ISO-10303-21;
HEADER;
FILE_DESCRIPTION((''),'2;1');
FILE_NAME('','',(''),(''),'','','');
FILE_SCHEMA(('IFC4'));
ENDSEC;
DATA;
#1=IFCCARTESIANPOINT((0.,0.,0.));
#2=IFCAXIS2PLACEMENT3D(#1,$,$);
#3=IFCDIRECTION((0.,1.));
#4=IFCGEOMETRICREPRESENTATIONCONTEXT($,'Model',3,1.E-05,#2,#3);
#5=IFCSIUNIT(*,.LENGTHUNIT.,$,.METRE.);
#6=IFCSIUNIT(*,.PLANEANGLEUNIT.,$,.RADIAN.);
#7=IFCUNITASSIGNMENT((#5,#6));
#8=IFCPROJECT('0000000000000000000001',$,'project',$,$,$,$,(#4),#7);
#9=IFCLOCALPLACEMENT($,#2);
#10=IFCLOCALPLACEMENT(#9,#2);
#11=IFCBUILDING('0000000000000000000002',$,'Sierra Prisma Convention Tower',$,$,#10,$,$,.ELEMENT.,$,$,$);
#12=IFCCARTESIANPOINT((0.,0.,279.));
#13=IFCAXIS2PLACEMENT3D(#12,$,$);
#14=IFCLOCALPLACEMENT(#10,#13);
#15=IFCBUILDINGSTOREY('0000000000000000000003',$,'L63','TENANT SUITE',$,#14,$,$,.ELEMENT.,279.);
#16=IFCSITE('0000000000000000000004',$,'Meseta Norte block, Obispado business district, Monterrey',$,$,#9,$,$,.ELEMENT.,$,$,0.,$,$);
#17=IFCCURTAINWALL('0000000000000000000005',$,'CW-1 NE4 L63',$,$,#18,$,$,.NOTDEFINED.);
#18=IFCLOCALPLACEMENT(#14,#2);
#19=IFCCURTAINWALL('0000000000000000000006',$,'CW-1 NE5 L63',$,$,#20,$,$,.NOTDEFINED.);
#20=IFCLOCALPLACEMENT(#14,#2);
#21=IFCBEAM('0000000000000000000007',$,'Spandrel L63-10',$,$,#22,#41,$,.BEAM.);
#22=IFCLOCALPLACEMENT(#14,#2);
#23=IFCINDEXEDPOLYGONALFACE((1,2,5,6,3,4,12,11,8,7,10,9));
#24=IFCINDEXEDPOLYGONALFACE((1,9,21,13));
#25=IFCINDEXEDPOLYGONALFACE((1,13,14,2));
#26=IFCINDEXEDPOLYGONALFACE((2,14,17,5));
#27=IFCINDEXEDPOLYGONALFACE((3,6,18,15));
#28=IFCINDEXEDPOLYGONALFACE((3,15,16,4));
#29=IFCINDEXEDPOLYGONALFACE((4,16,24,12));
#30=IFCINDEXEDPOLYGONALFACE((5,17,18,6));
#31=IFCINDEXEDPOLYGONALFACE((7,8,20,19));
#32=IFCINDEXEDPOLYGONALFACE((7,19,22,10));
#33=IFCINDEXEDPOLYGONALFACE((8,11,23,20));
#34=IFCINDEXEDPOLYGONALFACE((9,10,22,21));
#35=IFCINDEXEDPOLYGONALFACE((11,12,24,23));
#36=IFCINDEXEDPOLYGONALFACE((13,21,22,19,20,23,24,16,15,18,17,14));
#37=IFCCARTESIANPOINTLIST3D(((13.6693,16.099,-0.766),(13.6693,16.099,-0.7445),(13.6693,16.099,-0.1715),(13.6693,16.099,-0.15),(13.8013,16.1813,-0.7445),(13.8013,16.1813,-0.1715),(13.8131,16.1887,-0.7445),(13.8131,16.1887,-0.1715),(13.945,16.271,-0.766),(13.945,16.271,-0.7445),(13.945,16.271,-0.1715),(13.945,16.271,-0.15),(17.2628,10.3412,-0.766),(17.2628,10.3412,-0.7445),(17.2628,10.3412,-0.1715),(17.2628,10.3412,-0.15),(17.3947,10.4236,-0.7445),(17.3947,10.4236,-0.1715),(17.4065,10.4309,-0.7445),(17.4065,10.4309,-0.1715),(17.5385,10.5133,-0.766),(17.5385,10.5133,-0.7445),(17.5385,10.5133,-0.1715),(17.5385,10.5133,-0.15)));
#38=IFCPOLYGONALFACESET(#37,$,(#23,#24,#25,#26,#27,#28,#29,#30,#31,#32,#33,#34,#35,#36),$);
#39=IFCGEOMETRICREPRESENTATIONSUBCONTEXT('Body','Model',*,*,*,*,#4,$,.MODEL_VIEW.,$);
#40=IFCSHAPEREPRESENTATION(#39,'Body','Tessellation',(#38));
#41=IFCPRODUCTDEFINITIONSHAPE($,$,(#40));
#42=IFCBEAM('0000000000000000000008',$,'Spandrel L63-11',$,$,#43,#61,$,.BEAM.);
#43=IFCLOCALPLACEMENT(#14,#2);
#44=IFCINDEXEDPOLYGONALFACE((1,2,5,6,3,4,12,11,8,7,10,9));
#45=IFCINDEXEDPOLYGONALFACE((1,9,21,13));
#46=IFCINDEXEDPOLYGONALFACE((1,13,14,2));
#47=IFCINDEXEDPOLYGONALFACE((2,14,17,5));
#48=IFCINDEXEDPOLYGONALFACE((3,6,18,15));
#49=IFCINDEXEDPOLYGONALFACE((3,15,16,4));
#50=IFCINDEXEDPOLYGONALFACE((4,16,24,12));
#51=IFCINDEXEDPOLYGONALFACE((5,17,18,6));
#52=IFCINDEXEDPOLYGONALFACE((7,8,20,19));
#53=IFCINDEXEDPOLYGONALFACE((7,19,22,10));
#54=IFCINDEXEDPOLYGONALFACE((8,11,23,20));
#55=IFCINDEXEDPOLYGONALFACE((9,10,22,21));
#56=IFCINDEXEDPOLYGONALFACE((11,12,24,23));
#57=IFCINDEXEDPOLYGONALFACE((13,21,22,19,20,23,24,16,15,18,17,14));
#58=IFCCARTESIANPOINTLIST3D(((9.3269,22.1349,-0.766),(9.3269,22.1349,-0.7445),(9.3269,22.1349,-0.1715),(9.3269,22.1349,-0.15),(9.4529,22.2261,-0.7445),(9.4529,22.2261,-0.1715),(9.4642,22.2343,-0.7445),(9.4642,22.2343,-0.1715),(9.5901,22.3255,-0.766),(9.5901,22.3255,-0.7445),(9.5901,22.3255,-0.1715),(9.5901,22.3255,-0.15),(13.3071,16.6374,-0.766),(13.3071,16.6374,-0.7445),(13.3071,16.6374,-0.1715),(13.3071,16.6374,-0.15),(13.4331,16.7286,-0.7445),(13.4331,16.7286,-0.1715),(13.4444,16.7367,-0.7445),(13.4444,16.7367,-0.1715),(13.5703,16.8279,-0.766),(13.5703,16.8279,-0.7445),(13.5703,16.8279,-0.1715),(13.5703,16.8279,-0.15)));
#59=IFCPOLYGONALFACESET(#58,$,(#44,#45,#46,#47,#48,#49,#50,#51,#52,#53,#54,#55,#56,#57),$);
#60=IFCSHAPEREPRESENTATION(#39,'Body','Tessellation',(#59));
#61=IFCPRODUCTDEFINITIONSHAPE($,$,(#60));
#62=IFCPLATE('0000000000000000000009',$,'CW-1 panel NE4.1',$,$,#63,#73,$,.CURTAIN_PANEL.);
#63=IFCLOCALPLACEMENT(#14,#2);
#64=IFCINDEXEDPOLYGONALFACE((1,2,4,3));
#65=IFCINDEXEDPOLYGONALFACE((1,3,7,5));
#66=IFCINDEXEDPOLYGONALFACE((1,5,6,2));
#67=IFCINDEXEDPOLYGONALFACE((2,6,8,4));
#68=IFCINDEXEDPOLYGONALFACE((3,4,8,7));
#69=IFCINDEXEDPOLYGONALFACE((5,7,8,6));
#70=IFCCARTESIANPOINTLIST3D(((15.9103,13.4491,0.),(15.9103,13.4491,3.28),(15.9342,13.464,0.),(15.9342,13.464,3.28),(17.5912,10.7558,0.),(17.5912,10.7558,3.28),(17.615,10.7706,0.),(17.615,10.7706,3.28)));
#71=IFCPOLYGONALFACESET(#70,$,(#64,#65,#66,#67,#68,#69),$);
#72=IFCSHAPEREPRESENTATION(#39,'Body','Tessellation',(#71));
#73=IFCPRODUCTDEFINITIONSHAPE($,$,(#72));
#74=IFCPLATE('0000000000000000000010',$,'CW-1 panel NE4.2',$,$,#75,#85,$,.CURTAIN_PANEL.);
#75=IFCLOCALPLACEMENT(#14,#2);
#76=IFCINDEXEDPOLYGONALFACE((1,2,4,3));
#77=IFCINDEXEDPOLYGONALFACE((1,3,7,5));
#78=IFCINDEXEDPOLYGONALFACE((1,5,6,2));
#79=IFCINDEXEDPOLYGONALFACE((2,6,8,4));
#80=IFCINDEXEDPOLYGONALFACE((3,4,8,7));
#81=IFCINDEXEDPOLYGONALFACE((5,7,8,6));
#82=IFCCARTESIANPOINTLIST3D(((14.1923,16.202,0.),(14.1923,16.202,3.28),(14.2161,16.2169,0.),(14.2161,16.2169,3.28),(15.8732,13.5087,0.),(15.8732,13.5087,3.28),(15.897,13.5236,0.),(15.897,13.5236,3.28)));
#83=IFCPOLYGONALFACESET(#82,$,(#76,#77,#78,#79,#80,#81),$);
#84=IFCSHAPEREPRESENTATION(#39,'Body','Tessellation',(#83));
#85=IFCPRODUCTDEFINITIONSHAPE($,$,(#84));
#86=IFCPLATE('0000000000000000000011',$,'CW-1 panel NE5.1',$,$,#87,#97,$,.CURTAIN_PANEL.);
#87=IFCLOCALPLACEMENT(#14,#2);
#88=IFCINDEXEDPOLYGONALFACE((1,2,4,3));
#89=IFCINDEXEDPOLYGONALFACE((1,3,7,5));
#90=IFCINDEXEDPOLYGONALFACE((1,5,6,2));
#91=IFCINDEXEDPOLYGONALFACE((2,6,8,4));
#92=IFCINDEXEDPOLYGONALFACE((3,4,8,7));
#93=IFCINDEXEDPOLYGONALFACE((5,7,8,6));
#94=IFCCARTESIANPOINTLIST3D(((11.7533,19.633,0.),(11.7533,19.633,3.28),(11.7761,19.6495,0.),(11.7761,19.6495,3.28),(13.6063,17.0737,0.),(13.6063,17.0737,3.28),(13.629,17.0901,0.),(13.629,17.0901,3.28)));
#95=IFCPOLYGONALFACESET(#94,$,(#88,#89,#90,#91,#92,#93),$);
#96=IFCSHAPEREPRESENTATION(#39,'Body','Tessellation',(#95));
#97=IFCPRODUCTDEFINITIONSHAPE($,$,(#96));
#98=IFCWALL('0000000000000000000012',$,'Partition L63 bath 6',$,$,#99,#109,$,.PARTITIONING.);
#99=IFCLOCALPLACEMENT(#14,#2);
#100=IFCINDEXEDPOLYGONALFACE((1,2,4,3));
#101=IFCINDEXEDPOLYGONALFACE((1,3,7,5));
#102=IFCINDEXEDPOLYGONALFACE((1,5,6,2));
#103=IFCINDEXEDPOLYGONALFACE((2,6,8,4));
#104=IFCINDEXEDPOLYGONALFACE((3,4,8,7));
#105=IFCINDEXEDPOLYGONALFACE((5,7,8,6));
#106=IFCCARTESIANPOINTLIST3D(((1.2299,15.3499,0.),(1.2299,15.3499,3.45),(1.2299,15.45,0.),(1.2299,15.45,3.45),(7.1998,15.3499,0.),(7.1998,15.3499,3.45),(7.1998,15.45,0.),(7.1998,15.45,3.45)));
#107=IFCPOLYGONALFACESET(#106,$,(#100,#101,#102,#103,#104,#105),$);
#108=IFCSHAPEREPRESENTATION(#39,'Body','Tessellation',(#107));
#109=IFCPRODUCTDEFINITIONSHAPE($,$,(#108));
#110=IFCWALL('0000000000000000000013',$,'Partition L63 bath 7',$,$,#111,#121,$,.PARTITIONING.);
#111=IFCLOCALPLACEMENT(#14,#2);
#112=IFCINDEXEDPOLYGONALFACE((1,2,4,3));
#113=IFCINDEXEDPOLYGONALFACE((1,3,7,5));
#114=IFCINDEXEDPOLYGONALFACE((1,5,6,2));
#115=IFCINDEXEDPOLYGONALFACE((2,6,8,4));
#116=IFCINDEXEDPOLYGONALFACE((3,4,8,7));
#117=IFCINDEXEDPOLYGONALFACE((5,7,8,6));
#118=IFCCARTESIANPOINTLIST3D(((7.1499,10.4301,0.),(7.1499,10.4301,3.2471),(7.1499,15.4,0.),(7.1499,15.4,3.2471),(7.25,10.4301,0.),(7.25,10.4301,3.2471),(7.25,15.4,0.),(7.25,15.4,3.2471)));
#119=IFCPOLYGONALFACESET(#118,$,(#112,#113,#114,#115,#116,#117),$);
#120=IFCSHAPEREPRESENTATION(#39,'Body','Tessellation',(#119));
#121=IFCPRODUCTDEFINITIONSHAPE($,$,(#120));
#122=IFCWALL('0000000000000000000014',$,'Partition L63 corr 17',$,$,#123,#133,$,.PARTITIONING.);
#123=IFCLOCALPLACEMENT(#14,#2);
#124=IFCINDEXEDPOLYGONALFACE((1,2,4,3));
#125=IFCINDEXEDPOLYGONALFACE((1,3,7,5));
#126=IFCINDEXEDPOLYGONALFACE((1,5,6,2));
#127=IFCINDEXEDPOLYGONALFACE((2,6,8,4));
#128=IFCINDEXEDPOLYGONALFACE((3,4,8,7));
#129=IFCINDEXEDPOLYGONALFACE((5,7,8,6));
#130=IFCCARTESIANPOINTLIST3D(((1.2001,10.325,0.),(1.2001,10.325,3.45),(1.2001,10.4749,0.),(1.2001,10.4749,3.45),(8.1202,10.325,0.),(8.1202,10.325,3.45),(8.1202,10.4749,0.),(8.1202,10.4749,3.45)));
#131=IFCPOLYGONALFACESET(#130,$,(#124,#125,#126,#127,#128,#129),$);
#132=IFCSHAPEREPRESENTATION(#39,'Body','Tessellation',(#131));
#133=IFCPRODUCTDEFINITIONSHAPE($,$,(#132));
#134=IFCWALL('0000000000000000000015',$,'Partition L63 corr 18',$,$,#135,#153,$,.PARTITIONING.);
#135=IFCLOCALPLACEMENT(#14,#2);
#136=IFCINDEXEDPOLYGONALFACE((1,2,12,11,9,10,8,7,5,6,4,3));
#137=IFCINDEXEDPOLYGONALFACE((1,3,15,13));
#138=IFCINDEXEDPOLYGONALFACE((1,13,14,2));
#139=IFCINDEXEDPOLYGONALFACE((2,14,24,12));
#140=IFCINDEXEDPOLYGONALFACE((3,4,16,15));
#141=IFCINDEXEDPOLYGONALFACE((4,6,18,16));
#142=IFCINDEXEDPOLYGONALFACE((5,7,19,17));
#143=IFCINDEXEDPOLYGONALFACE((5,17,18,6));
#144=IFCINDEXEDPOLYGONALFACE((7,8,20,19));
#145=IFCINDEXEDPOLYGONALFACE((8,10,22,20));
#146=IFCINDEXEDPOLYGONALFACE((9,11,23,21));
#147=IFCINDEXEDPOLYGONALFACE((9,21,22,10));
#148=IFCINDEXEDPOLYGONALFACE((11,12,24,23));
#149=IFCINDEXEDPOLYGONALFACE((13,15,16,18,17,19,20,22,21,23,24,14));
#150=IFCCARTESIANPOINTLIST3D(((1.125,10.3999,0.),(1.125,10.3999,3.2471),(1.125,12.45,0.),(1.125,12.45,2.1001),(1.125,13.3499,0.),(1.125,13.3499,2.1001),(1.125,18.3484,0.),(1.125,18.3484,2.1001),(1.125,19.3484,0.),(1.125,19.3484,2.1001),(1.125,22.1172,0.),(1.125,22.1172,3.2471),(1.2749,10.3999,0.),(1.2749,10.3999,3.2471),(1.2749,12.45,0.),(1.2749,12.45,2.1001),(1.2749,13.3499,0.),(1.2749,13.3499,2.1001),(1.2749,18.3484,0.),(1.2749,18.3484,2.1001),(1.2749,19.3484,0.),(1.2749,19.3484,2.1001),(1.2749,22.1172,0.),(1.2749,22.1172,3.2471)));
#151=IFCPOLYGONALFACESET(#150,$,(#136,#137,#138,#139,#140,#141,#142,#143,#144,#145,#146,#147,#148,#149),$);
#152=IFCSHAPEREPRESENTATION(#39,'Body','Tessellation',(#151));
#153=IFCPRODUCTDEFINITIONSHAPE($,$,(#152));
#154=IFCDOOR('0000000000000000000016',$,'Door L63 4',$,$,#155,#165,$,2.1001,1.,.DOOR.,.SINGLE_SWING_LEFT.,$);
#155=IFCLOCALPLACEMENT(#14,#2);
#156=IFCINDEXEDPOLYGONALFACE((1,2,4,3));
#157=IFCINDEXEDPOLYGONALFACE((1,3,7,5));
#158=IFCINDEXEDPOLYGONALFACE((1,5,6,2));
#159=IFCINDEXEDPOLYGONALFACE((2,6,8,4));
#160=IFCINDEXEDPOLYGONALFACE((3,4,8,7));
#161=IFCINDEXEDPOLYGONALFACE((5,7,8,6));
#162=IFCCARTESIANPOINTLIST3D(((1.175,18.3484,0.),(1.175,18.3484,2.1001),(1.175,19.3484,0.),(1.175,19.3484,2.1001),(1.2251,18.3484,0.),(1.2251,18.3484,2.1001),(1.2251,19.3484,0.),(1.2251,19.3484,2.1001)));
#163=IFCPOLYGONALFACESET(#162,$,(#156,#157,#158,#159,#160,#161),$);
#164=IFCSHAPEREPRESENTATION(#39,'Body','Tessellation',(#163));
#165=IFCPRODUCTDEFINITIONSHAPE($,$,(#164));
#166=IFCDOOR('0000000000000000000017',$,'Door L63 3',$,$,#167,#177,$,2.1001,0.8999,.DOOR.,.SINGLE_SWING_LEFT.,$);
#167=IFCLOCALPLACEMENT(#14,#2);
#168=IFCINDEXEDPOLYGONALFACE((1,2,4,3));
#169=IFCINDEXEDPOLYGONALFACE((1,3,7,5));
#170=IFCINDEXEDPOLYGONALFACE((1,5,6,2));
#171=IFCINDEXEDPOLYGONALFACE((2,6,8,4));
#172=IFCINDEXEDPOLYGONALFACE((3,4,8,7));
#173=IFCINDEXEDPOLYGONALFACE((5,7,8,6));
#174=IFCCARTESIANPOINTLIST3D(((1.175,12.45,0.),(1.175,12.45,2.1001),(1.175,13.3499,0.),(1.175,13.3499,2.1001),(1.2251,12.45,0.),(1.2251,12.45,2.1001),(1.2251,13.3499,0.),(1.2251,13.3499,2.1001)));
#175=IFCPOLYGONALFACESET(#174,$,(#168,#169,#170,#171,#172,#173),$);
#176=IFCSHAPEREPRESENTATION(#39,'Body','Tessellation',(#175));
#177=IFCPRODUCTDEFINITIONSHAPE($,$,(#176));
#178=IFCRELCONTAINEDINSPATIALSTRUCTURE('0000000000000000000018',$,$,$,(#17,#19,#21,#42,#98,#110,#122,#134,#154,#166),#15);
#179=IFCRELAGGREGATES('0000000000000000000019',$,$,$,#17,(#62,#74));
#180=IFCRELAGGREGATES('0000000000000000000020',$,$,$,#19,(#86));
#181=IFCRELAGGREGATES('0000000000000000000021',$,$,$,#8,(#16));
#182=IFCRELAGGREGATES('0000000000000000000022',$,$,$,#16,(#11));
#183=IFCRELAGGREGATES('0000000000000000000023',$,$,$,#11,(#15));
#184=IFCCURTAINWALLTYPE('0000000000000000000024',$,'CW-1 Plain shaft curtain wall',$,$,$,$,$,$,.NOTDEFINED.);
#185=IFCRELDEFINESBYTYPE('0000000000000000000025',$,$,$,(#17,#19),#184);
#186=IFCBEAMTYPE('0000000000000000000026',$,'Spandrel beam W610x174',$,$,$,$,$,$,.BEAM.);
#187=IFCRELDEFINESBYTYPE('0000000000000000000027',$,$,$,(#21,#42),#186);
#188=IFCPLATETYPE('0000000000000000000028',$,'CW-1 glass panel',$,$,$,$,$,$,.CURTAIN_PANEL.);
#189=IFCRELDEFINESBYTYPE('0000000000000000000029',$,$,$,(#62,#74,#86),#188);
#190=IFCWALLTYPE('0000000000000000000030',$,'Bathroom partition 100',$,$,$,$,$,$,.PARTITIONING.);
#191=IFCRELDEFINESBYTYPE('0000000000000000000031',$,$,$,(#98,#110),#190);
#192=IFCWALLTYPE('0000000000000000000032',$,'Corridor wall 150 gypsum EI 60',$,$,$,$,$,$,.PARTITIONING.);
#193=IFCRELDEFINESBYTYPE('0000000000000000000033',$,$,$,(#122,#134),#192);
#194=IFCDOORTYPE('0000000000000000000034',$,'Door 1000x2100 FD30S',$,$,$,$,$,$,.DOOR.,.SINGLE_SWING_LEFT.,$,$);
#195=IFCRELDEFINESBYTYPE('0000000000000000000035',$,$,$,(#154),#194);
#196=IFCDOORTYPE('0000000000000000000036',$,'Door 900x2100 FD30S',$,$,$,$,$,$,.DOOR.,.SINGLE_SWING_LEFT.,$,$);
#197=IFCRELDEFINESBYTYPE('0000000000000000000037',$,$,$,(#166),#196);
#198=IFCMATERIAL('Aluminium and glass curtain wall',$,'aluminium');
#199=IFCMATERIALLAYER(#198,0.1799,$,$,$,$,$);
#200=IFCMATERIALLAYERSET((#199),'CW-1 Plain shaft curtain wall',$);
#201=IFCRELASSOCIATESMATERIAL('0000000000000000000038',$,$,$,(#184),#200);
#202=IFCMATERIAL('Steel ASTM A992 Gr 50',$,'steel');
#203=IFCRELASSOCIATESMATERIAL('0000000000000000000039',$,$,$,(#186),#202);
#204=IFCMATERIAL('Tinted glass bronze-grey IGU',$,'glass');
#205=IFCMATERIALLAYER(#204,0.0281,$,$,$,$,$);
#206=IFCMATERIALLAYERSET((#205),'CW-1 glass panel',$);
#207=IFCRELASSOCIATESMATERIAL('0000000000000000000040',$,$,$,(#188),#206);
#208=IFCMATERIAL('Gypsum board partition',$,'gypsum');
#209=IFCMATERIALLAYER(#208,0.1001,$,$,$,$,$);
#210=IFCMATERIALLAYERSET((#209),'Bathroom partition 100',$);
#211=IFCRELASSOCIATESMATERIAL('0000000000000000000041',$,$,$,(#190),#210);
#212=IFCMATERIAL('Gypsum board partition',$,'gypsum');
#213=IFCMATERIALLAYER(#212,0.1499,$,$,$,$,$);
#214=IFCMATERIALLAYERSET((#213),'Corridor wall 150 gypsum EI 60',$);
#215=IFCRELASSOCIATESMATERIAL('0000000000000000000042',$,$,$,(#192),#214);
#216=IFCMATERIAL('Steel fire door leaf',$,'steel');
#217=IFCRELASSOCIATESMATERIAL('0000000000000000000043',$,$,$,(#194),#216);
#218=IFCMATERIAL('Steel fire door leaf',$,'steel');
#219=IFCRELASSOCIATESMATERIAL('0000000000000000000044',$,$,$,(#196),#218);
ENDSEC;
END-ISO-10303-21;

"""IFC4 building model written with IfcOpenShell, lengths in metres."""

from ifc_helpers import new_model, si_unit, direction, frame, frame_2d, origin, origin_2d, place, context, subcontext, project, spatial, rectangle, i_section, extrude, material, layer, layer_set, material_profile, profile_set, type_object, element, fill, aggregate, save


model = new_model("IFC4")

# Units and contexts
model_context = context("Model", 3, precision=1e-05, world=origin(), true_north=direction((0.0, 1.0)))
body_context = subcontext(model_context, "Body", "Model", "MODEL_VIEW")
ifc_project = project(units=[si_unit("LENGTHUNIT", "METRE"), si_unit("PLANEANGLEUNIT", "RADIAN")], contexts=[model_context])

# Site, building, storey
site_placement = place(None, origin())
site = spatial("IfcSite", under=ifc_project, at=site_placement, Name="Meseta Norte block, Obispado business district, Monterrey", CompositionType="ELEMENT", RefElevation=0.0)
building_placement = place(site_placement, origin())
building = spatial("IfcBuilding", under=site, at=building_placement, Name="Sierra Prisma Convention Tower", CompositionType="ELEMENT")
storey_placement = place(building_placement, frame((0.0, 0.0, 279.0)))
storey = spatial("IfcBuildingStorey", under=building, at=storey_placement, Name="L63", Description="TENANT SUITE", CompositionType="ELEMENT", Elevation=279.0)

# Curtain wall
ifc_material_1 = material(Name="Aluminium and glass curtain wall", Category="aluminium")
ifc_layer_1 = layer(ifc_material_1, 0.1799)
ifc_layer_set_1 = layer_set([ifc_layer_1], Name="CW-1 Plain shaft curtain wall")
curtain_wall_type = type_object("IfcCurtainWallType", Name="CW-1 Plain shaft curtain wall", PredefinedType="NOTDEFINED", material=ifc_layer_set_1)
curtain_wall_1_placement = place(storey_placement, origin())
curtain_wall_1 = element("IfcCurtainWall", 1, at=curtain_wall_1_placement, inside=storey, type_object=curtain_wall_type, Name="CW-1 NE4 L63", PredefinedType="NOTDEFINED")

# Curtain wall
curtain_wall_2_placement = place(storey_placement, origin())
curtain_wall_2 = element("IfcCurtainWall", 2, at=curtain_wall_2_placement, inside=storey, type_object=curtain_wall_type, Name="CW-1 NE5 L63", PredefinedType="NOTDEFINED")

# Beams
ifc_material_2 = material(Name="Steel ASTM A992 Gr 50", Category="steel")
ifc_material_profile_1 = material_profile(ifc_material_2, i_section(OverallWidth=0.325, OverallDepth=0.616, WebThickness=0.0139, FlangeThickness=0.0215, at=origin_2d()), Name="W610x174")
ifc_profile_set_1 = profile_set([ifc_material_profile_1], Name="Steel ASTM A992 Gr 50")
beam_type_1 = type_object("IfcBeamType", Name="Spandrel beam W610x174", PredefinedType="BEAM", material=ifc_profile_set_1)
for number, where, z_axis, x_axis, name in (
    (3, (17.4006, 10.4272, -0.458), (-0.529456, 0.848338, 0.0), (-0.848338, -0.529456, 0.0), "Spandrel L63-10"),
    (4, (13.4387, 16.7327, -0.458), (-0.586436, 0.809996, 0.0), (-0.809996, -0.586436, 0.0), "Spandrel L63-11"),
):
    element("IfcBeam", number, at=place(storey_placement, frame(where, z_axis=z_axis, x_axis=x_axis)), inside=storey, type_object=beam_type_1, Name=name, PredefinedType="BEAM", context=body_context, shape_type="SweptSolid", body=[
        extrude(i_section(OverallWidth=0.325, OverallDepth=0.616, WebThickness=0.0139, FlangeThickness=0.0215, at=origin_2d()), origin(), (0.0, 0.0, 1.0), 6.7871),
    ])

# Plates
ifc_material_3 = material(Name="Tinted glass bronze-grey IGU", Category="glass")
ifc_layer_2 = layer(ifc_material_3, 0.0281)
ifc_layer_set_2 = layer_set([ifc_layer_2], Name="CW-1 glass panel")
plate_type = type_object("IfcPlateType", Name="CW-1 glass panel", PredefinedType="CURTAIN_PANEL", material=ifc_layer_set_2)
plate_1_placement = place(storey_placement, frame((16.7627, 12.1099, 0.0), z_axis=(0.0, 0.0, 1.0), x_axis=(-0.529446, 0.848343, 0.0)))
plate_1 = element("IfcPlate", 5, at=plate_1_placement, type_object=plate_type, Name="CW-1 panel NE4.1", PredefinedType="CURTAIN_PANEL", context=body_context, shape_type="SweptSolid", body=[
    extrude(rectangle(XDim=3.1748, YDim=0.0281, at=origin_2d()), origin(), (0.0, 0.0, 1.0), 3.28),
])
plate_2_placement = place(storey_placement, frame((15.0447, 14.8628, 0.0), z_axis=(0.0, 0.0, 1.0), x_axis=(-0.529446, 0.848343, 0.0)))
plate_2 = element("IfcPlate", 6, at=plate_2_placement, type_object=plate_type, Name="CW-1 panel NE4.2", PredefinedType="CURTAIN_PANEL", context=body_context, shape_type="SweptSolid", body=[
    extrude(rectangle(XDim=3.1748, YDim=0.0281, at=origin_2d()), origin(), (0.0, 0.0, 1.0), 3.28),
])
aggregate(curtain_wall_1, [plate_1, plate_2])
plate_3_placement = place(storey_placement, frame((12.6912, 18.3616, 0.0), z_axis=(0.0, 0.0, 1.0), x_axis=(-0.586431, 0.809999, 0.0)))
plate_3 = element("IfcPlate", 7, at=plate_3_placement, type_object=plate_type, Name="CW-1 panel NE5.1", PredefinedType="CURTAIN_PANEL", context=body_context, shape_type="SweptSolid", body=[
    extrude(rectangle(XDim=3.1597, YDim=0.0281, at=origin_2d()), origin(), (0.0, 0.0, 1.0), 3.28),
])
aggregate(curtain_wall_2, [plate_3])

# Walls
ifc_material_4 = material(Name="Gypsum board partition", Category="gypsum")
ifc_layer_3 = layer(ifc_material_4, 0.1001)
ifc_layer_set_3 = layer_set([ifc_layer_3], Name="Bathroom partition 100")
wall_type_1 = type_object("IfcWallType", Name="Bathroom partition 100", PredefinedType="PARTITIONING", material=ifc_layer_set_3)
wall_1_placement = place(storey_placement, frame((1.23, 15.3999, 0.0), z_axis=(0.0, 0.0, 1.0), x_axis=(1.0, 0.0, 0.0)))
element("IfcWall", 8, at=wall_1_placement, inside=storey, type_object=wall_type_1, Name="Partition L63 bath 6", PredefinedType="PARTITIONING", context=body_context, shape_type="SweptSolid", body=[
    extrude(rectangle(XDim=5.97, YDim=0.1001, at=frame_2d((2.9849, 0.0))), origin(), (0.0, 0.0, 1.0), 3.45),
])
wall_2_placement = place(storey_placement, frame((7.2, 15.3999, 0.0), z_axis=(0.0, 0.0, 1.0), x_axis=(0.0, -1.0, 0.0)))
element("IfcWall", 9, at=wall_2_placement, inside=storey, type_object=wall_type_1, Name="Partition L63 bath 7", PredefinedType="PARTITIONING", context=body_context, shape_type="SweptSolid", body=[
    extrude(rectangle(XDim=4.97, YDim=0.1001, at=frame_2d((2.4849, 0.0))), origin(), (0.0, 0.0, 1.0), 3.2471),
])
ifc_material_5 = material(Name="Gypsum board partition", Category="gypsum")
ifc_layer_4 = layer(ifc_material_5, 0.1499)
ifc_layer_set_4 = layer_set([ifc_layer_4], Name="Corridor wall 150 gypsum EI 60")
wall_type_2 = type_object("IfcWallType", Name="Corridor wall 150 gypsum EI 60", PredefinedType="PARTITIONING", material=ifc_layer_set_4)
wall_3_placement = place(storey_placement, frame((8.1201, 10.3999, 0.0), z_axis=(0.0, 0.0, 1.0), x_axis=(-1.0, 0.0, 0.0)))
element("IfcWall", 10, at=wall_3_placement, inside=storey, type_object=wall_type_2, Name="Partition L63 corr 17", PredefinedType="PARTITIONING", context=body_context, shape_type="SweptSolid", body=[
    extrude(rectangle(XDim=6.9202, YDim=0.1499, at=frame_2d((3.46, 0.0))), origin(), (0.0, 0.0, 1.0), 3.45),
])

# Wall, openings, doors
wall_4_placement = place(storey_placement, frame((1.2, 10.3999, 0.0), z_axis=(0.0, 0.0, 1.0), x_axis=(0.0, 1.0, 0.0)))
wall_4 = element("IfcWall", 11, at=wall_4_placement, inside=storey, type_object=wall_type_2, Name="Partition L63 corr 18", PredefinedType="PARTITIONING", context=body_context, shape_type="SweptSolid", body=[
    extrude(rectangle(XDim=11.7173, YDim=0.1499, at=frame_2d((5.8586, 0.0))), origin(), (0.0, 0.0, 1.0), 3.2471),
])
opening_1_placement = place(wall_4_placement, frame((2.05, 0.0, 0.0)))
opening_1 = element("IfcOpeningElement", 12, at=opening_1_placement, cuts=wall_4, PredefinedType="OPENING", context=body_context, shape_type="SweptSolid", body=[
    extrude(rectangle(XDim=0.8999, YDim=2.1001, at=frame_2d((0.45, 1.05))), frame((0.0, 0.075, 0.0), z_axis=(0.0, -1.0, 0.0), x_axis=(1.0, 0.0, 0.0)), (0.0, 0.0, 1.0), 0.1499),
])
opening_2_placement = place(wall_4_placement, frame((7.9485, 0.0, 0.0)))
opening_2 = element("IfcOpeningElement", 13, at=opening_2_placement, cuts=wall_4, PredefinedType="OPENING", context=body_context, shape_type="SweptSolid", body=[
    extrude(rectangle(XDim=1.0, YDim=2.1001, at=frame_2d((0.5, 1.05))), frame((0.0, 0.075, 0.0), z_axis=(0.0, -1.0, 0.0), x_axis=(1.0, 0.0, 0.0)), (0.0, 0.0, 1.0), 0.1499),
])
ifc_material_6 = material(Name="Steel fire door leaf", Category="steel")
door_type_1 = type_object("IfcDoorType", Name="Door 1000x2100 FD30S", OperationType="SINGLE_SWING_LEFT", PredefinedType="DOOR", material=ifc_material_6)
door_1_placement = place(opening_2_placement, origin())
door_1 = element("IfcDoor", 14, at=door_1_placement, inside=storey, type_object=door_type_1, Name="Door L63 4", OperationType="SINGLE_SWING_LEFT", OverallHeight=2.1001, OverallWidth=1.0, PredefinedType="DOOR", context=body_context, shape_type="SweptSolid", body=[
    extrude(rectangle(XDim=1.0, YDim=2.1001, at=frame_2d((0.5, 1.05))), frame((0.0, 0.0249, 0.0), z_axis=(0.0, -1.0, 0.0), x_axis=(1.0, 0.0, 0.0)), (0.0, 0.0, 1.0), 0.05),
])
fill(opening_2, door_1)
ifc_material_7 = material(Name="Steel fire door leaf", Category="steel")
door_type_2 = type_object("IfcDoorType", Name="Door 900x2100 FD30S", OperationType="SINGLE_SWING_LEFT", PredefinedType="DOOR", material=ifc_material_7)
door_2_placement = place(opening_1_placement, origin())
door_2 = element("IfcDoor", 15, at=door_2_placement, inside=storey, type_object=door_type_2, Name="Door L63 3", OperationType="SINGLE_SWING_LEFT", OverallHeight=2.1001, OverallWidth=0.8999, PredefinedType="DOOR", context=body_context, shape_type="SweptSolid", body=[
    extrude(rectangle(XDim=0.8999, YDim=2.1001, at=frame_2d((0.45, 1.05))), frame((0.0, 0.0249, 0.0), z_axis=(0.0, -1.0, 0.0), x_axis=(1.0, 0.0, 0.0)), (0.0, 0.0, 1.0), 0.05),
])
fill(opening_1, door_2)

save(model, "model.ifc")
